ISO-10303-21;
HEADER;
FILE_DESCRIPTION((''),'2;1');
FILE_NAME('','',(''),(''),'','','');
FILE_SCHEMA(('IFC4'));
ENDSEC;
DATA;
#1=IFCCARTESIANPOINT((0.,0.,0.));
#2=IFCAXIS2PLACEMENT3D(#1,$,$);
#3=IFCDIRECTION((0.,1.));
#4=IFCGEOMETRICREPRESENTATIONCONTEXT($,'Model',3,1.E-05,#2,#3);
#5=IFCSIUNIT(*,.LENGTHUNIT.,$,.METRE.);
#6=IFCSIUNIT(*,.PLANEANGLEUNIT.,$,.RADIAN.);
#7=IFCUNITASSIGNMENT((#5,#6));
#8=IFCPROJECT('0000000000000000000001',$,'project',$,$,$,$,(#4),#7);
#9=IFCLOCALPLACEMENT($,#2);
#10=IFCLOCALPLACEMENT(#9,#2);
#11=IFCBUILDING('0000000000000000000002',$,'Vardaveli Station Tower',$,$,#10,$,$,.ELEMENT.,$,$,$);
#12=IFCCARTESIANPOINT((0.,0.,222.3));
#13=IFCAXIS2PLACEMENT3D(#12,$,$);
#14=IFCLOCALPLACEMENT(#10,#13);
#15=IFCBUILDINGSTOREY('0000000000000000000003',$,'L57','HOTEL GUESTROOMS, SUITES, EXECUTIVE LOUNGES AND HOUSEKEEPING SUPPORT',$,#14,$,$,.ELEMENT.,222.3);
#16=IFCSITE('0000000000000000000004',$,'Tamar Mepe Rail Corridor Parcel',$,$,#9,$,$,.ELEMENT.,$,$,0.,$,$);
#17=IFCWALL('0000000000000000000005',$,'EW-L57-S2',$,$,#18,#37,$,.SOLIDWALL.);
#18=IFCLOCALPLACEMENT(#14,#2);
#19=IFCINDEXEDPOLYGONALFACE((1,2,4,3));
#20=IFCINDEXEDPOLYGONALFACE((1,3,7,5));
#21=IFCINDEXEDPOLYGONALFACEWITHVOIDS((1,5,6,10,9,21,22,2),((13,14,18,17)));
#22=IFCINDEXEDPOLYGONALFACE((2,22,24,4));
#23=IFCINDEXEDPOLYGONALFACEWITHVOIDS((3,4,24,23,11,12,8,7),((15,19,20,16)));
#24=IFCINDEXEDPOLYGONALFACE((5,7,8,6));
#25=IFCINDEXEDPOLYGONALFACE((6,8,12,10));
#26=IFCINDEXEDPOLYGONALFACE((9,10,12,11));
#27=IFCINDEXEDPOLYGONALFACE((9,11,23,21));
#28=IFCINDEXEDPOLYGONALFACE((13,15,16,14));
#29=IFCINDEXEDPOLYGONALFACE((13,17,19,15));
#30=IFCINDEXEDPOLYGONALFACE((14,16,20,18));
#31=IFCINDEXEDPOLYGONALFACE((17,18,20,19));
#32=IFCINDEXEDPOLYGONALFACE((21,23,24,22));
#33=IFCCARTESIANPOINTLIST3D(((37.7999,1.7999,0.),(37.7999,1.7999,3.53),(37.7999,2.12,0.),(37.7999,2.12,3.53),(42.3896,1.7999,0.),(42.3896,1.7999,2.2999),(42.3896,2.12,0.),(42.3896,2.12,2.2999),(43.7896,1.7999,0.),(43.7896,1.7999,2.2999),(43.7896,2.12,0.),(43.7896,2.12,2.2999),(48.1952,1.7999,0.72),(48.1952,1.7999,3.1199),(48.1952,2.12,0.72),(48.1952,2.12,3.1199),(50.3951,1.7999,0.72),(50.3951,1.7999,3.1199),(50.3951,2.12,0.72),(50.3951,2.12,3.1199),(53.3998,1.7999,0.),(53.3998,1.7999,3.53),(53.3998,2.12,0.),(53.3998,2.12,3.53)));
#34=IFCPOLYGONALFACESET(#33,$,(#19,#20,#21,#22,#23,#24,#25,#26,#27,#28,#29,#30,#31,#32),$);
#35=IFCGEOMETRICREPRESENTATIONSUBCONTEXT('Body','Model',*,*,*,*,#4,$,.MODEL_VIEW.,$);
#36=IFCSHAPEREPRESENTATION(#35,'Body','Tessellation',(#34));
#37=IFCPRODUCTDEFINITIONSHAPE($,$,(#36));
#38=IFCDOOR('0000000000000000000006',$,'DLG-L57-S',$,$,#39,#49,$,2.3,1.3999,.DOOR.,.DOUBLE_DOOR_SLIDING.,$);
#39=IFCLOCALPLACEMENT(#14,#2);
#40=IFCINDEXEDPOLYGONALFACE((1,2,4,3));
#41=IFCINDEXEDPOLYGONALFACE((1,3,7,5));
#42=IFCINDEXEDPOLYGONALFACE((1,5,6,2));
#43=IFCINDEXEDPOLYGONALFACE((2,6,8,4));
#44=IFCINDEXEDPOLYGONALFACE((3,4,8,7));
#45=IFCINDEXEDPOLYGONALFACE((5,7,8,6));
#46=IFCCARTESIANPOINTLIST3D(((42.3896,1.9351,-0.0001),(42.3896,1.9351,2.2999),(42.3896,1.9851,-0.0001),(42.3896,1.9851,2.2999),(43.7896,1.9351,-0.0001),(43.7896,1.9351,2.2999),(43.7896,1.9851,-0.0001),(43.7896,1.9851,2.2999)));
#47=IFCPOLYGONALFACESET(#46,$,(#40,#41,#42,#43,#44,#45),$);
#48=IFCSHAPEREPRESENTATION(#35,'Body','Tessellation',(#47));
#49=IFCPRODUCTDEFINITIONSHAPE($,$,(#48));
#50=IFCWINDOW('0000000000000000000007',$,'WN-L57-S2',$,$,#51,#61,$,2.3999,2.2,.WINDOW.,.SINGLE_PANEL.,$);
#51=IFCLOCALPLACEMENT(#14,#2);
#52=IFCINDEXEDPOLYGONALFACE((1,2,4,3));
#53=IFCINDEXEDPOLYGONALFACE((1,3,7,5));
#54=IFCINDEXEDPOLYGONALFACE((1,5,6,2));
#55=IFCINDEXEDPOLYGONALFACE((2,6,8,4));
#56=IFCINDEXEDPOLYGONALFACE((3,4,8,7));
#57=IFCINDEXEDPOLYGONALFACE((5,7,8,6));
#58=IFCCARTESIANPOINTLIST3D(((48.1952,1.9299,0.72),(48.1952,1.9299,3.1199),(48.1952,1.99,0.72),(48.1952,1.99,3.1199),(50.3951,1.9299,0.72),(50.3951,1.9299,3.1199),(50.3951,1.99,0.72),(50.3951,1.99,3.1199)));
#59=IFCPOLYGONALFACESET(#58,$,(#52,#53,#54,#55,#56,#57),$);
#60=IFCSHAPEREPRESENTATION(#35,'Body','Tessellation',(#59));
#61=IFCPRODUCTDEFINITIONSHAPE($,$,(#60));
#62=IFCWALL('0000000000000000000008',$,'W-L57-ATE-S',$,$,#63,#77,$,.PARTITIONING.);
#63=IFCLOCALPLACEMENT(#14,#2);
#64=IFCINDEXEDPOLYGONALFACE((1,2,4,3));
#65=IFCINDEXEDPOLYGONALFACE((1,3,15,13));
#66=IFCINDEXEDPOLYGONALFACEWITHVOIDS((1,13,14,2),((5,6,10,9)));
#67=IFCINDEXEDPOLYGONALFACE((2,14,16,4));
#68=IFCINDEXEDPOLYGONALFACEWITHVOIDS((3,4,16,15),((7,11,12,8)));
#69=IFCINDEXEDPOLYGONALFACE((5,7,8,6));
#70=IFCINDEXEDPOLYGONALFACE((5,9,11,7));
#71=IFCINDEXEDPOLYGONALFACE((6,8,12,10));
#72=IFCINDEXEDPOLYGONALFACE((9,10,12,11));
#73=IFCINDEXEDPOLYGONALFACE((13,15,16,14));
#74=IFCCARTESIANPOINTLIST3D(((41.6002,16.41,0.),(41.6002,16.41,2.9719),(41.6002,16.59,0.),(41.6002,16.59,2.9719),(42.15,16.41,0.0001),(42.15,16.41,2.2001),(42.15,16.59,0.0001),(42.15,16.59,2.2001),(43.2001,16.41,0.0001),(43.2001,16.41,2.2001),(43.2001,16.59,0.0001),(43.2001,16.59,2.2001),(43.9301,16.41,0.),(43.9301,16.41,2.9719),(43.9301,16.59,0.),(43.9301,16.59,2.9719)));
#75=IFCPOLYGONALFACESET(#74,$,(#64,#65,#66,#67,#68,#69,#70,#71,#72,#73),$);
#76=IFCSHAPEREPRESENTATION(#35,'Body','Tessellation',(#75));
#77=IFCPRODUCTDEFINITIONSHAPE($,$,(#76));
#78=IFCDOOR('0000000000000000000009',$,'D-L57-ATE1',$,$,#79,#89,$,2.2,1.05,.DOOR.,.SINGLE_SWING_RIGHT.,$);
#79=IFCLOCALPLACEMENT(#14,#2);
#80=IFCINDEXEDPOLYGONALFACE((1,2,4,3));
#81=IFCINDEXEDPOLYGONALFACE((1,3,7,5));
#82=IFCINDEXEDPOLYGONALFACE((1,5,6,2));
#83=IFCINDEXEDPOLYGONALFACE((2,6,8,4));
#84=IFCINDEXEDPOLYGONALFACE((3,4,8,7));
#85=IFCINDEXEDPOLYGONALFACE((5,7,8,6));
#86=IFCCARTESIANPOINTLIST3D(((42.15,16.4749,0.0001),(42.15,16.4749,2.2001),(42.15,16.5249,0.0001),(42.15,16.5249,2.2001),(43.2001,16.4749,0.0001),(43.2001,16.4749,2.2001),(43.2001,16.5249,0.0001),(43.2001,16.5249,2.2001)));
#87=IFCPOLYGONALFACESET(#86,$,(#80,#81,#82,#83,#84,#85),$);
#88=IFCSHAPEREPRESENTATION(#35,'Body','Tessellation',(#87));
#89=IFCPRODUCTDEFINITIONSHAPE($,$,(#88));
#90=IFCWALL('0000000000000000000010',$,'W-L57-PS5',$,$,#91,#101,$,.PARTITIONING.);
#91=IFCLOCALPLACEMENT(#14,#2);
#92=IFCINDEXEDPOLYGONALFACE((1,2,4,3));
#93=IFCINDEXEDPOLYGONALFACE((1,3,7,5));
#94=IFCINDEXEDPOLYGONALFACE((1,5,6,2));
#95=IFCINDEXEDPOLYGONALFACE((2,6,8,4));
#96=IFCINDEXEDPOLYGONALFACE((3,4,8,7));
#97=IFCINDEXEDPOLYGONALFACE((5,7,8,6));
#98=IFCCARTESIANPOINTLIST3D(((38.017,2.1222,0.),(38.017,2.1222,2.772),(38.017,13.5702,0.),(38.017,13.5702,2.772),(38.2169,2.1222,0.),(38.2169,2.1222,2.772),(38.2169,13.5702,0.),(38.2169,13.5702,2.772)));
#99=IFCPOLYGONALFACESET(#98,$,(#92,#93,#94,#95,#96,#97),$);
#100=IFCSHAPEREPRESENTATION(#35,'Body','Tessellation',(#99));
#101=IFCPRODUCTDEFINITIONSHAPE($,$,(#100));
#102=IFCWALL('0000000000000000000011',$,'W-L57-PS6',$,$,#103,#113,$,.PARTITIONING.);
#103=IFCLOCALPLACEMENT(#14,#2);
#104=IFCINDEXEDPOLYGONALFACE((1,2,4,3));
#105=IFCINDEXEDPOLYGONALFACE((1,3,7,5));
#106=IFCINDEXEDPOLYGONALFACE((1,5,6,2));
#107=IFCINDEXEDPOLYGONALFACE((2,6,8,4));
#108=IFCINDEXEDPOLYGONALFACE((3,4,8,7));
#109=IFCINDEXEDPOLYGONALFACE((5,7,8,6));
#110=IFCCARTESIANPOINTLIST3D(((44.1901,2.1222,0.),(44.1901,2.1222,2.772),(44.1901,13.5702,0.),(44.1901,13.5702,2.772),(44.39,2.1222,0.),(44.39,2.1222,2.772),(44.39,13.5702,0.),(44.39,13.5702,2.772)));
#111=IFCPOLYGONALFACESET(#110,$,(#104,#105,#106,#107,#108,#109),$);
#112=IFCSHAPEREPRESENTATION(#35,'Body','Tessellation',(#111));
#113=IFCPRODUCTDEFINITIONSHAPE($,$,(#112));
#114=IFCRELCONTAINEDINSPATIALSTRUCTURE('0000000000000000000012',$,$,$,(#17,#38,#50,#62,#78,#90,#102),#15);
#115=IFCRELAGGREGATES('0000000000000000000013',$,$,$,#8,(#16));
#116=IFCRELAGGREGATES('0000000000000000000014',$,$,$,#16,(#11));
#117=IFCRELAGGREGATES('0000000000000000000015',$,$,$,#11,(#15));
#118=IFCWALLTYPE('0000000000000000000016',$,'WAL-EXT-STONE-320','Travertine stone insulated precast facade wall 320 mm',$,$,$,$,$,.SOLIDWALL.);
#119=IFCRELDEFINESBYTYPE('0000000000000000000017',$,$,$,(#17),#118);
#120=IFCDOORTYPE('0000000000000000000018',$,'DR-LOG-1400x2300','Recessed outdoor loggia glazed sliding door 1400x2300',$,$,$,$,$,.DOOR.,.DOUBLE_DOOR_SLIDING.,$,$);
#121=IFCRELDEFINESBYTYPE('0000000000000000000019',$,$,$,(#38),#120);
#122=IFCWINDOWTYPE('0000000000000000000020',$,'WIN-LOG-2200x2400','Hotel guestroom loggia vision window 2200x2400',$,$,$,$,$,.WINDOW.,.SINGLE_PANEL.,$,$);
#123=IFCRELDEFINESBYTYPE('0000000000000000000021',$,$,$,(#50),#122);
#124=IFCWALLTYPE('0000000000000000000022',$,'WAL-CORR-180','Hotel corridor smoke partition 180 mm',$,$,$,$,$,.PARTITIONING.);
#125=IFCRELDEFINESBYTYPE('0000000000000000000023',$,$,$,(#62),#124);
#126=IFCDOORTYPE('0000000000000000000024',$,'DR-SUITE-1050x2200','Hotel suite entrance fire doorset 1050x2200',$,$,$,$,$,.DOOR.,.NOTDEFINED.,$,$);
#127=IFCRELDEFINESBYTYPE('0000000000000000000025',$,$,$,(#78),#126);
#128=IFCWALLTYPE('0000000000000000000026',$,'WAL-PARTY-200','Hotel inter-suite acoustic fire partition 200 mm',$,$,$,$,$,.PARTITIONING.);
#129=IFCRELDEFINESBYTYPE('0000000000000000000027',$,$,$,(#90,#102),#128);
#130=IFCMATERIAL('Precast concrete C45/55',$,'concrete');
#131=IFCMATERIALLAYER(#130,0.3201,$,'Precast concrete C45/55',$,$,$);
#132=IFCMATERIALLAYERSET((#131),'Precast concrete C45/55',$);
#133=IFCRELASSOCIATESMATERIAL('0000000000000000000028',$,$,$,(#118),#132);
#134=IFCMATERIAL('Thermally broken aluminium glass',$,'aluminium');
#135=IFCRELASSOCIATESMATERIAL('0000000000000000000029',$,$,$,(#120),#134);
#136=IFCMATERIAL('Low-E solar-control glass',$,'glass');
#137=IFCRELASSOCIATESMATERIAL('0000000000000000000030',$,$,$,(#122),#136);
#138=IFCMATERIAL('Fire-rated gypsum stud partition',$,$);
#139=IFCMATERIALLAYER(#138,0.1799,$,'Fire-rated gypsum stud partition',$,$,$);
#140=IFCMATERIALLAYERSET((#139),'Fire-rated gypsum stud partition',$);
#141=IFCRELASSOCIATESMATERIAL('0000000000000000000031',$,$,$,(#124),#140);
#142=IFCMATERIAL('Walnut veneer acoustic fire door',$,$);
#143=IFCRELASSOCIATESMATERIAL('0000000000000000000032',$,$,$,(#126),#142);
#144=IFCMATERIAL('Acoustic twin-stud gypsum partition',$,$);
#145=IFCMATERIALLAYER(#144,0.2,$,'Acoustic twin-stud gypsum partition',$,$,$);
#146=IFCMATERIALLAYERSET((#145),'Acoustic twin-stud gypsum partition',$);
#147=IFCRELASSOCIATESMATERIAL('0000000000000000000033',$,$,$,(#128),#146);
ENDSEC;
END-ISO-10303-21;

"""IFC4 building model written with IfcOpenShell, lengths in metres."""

from ifc_helpers import new_model, si_unit, direction, frame, frame_2d, origin, place, context, subcontext, project, spatial, rectangle, extrude, source, transform, mapped, material, layer, layer_set, type_object, element, fill, save


model = new_model("IFC4")

# Units and contexts
model_context = context("Model", 3, precision=1e-05, world=origin(), true_north=direction((0.0, 1.0)))
body_context = subcontext(model_context, "Body", "Model", "MODEL_VIEW")
ifc_project = project(units=[si_unit("LENGTHUNIT", "METRE"), si_unit("PLANEANGLEUNIT", "RADIAN")], contexts=[model_context])

# Site, building, storey
site_placement = place(None, origin())
site = spatial("IfcSite", under=ifc_project, at=site_placement, Name="Tamar Mepe Rail Corridor Parcel", CompositionType="ELEMENT", RefElevation=0.0)
building_placement = place(site_placement, origin())
building = spatial("IfcBuilding", under=site, at=building_placement, Name="Vardaveli Station Tower", CompositionType="ELEMENT")
storey_placement = place(building_placement, frame((0.0, 0.0, 222.3)))
storey = spatial("IfcBuildingStorey", under=building, at=storey_placement, Name="L57", Description="HOTEL GUESTROOMS, SUITES, EXECUTIVE LOUNGES AND HOUSEKEEPING SUPPORT", CompositionType="ELEMENT", Elevation=222.3)

# Shared definitions
ifc_material_1 = material(Name="Precast concrete C45/55", Category="concrete")

# Wall, openings, door, window
ifc_layer_1 = layer(ifc_material_1, 0.3201, Name="Precast concrete C45/55")
ifc_layer_set_1 = layer_set([ifc_layer_1], Name="Precast concrete C45/55")
wall_type_1 = type_object("IfcWallType", Name="WAL-EXT-STONE-320", Description="Travertine stone insulated precast facade wall 320 mm", PredefinedType="SOLIDWALL", material=ifc_layer_set_1)
shared_shape_1 = source(origin(), body_context, "Body", "SweptSolid", [
    extrude(rectangle(XDim=15.5999, YDim=0.3201, at=frame_2d((7.7998, 0.0))), origin(), (0.0, 0.0, 1.0), 3.53),
])
wall_1_placement = place(storey_placement, frame((37.8, 1.96, 0.0), z_axis=(0.0, 0.0, 1.0), x_axis=(1.0, 0.0, 0.0)))
wall_1 = element("IfcWall", 1, at=wall_1_placement, inside=storey, type_object=wall_type_1, Name="EW-L57-S2", PredefinedType="SOLIDWALL", context=body_context, shape_type="MappedRepresentation", body=[
    mapped(shared_shape_1, transform((0.0, 0.0, 0.0), scale=1.0)),
])
shared_shape_2 = source(origin(), body_context, "Body", "SweptSolid", [
    extrude(rectangle(XDim=1.3999, YDim=2.3, at=frame_2d((0.7, 1.1499))), frame((0.0, 0.1699, 0.0), z_axis=(0.0, -1.0, 0.0), x_axis=(1.0, 0.0, 0.0)), (0.0, 0.0, 1.0), 0.3401),
])
opening_1_placement = place(wall_1_placement, frame((4.5896, 0.0, 0.0)))
opening_1 = element("IfcOpeningElement", 2, at=opening_1_placement, cuts=wall_1, PredefinedType="OPENING", context=body_context, shape_type="MappedRepresentation", body=[
    mapped(shared_shape_2, transform((0.0, 0.0, 0.0), scale=1.0)),
])
shared_shape_3 = source(origin(), body_context, "Body", "SweptSolid", [
    extrude(rectangle(XDim=2.2, YDim=2.3999, at=frame_2d((1.1001, 1.2))), frame((0.0, 0.1699, 0.0), z_axis=(0.0, -1.0, 0.0), x_axis=(1.0, 0.0, 0.0)), (0.0, 0.0, 1.0), 0.3401),
])
opening_2_placement = place(wall_1_placement, frame((10.395, 0.0, 0.72)))
opening_2 = element("IfcOpeningElement", 3, at=opening_2_placement, cuts=wall_1, PredefinedType="OPENING", context=body_context, shape_type="MappedRepresentation", body=[
    mapped(shared_shape_3, transform((0.0, 0.0, 0.0), scale=1.0)),
])
ifc_material_2 = material(Name="Thermally broken aluminium glass", Category="aluminium")
door_type_1 = type_object("IfcDoorType", Name="DR-LOG-1400x2300", Description="Recessed outdoor loggia glazed sliding door 1400x2300", OperationType="DOUBLE_DOOR_SLIDING", PredefinedType="DOOR", material=ifc_material_2)
shared_shape_4 = source(origin(), body_context, "Body", "SweptSolid", [
    extrude(rectangle(XDim=1.3999, YDim=2.3, at=frame_2d((0.7, 1.1499))), frame((0.0, 0.0249, 0.0), z_axis=(0.0, -1.0, 0.0), x_axis=(1.0, 0.0, 0.0)), (0.0, 0.0, 1.0), 0.05),
])
door_1_placement = place(opening_1_placement, frame((1.3999, 0.0, 0.0), z_axis=(0.0, 0.0, 1.0), x_axis=(-1.0, 0.0, 0.0)))
door_1 = element("IfcDoor", 4, at=door_1_placement, inside=storey, type_object=door_type_1, Name="DLG-L57-S", OperationType="DOUBLE_DOOR_SLIDING", OverallHeight=2.3, OverallWidth=1.3999, PredefinedType="DOOR", context=body_context, shape_type="MappedRepresentation", body=[
    mapped(shared_shape_4, transform((0.0, 0.0, 0.0), scale=1.0)),
])
fill(opening_1, door_1)
ifc_material_3 = material(Name="Low-E solar-control glass", Category="glass")
window_type = type_object("IfcWindowType", Name="WIN-LOG-2200x2400", Description="Hotel guestroom loggia vision window 2200x2400", PartitioningType="SINGLE_PANEL", PredefinedType="WINDOW", material=ifc_material_3)
shared_shape_5 = source(origin(), body_context, "Body", "SweptSolid", [
    extrude(rectangle(XDim=2.2, YDim=2.3999, at=frame_2d((1.1001, 1.2))), frame((0.0, 0.03, 0.0), z_axis=(0.0, -1.0, 0.0), x_axis=(1.0, 0.0, 0.0)), (0.0, 0.0, 1.0), 0.0601),
])
window_placement = place(opening_2_placement, origin())
window = element("IfcWindow", 5, at=window_placement, inside=storey, type_object=window_type, Name="WN-L57-S2", OverallHeight=2.3999, OverallWidth=2.2, PartitioningType="SINGLE_PANEL", PredefinedType="WINDOW", context=body_context, shape_type="MappedRepresentation", body=[
    mapped(shared_shape_5, transform((0.0, 0.0, 0.0), scale=1.0)),
])
fill(opening_2, window)

# Wall, opening, door
ifc_material_4 = material(Name="Fire-rated gypsum stud partition")
ifc_layer_2 = layer(ifc_material_4, 0.1799, Name="Fire-rated gypsum stud partition")
ifc_layer_set_2 = layer_set([ifc_layer_2], Name="Fire-rated gypsum stud partition")
wall_type_2 = type_object("IfcWallType", Name="WAL-CORR-180", Description="Hotel corridor smoke partition 180 mm", PredefinedType="PARTITIONING", material=ifc_layer_set_2)
shared_shape_6 = source(origin(), body_context, "Body", "SweptSolid", [
    extrude(rectangle(XDim=2.3298, YDim=0.1799, at=frame_2d((1.165, 0.0))), origin(), (0.0, 0.0, 1.0), 2.9719),
])
wall_2_placement = place(storey_placement, frame((41.6001, 16.5, 0.0), z_axis=(0.0, 0.0, 1.0), x_axis=(1.0, 0.0, 0.0)))
wall_2 = element("IfcWall", 6, at=wall_2_placement, inside=storey, type_object=wall_type_2, Name="W-L57-ATE-S", PredefinedType="PARTITIONING", context=body_context, shape_type="MappedRepresentation", body=[
    mapped(shared_shape_6, transform((0.0, 0.0, 0.0), scale=1.0)),
])
shared_shape_7 = source(origin(), body_context, "Body", "SweptSolid", [
    extrude(rectangle(XDim=1.05, YDim=2.2, at=frame_2d((0.5249, 1.1001))), frame((0.0, 0.1001, 0.0), z_axis=(0.0, -1.0, 0.0), x_axis=(1.0, 0.0, 0.0)), (0.0, 0.0, 1.0), 0.2),
])
opening_3_placement = place(wall_2_placement, frame((0.55, 0.0, 0.0)))
opening_3 = element("IfcOpeningElement", 7, at=opening_3_placement, cuts=wall_2, PredefinedType="OPENING", context=body_context, shape_type="MappedRepresentation", body=[
    mapped(shared_shape_7, transform((0.0, 0.0, 0.0), scale=1.0)),
])
ifc_material_5 = material(Name="Walnut veneer acoustic fire door")
door_type_2 = type_object("IfcDoorType", Name="DR-SUITE-1050x2200", Description="Hotel suite entrance fire doorset 1050x2200", OperationType="NOTDEFINED", PredefinedType="DOOR", material=ifc_material_5)
shared_shape_8 = source(origin(), body_context, "Body", "SweptSolid", [
    extrude(rectangle(XDim=1.05, YDim=2.2, at=frame_2d((0.5249, 1.1001))), frame((0.0, 0.0249, 0.0), z_axis=(0.0, -1.0, 0.0), x_axis=(1.0, 0.0, 0.0)), (0.0, 0.0, 1.0), 0.05),
])
door_2_placement = place(opening_3_placement, origin())
door_2 = element("IfcDoor", 8, at=door_2_placement, inside=storey, type_object=door_type_2, Name="D-L57-ATE1", OperationType="SINGLE_SWING_RIGHT", OverallHeight=2.2, OverallWidth=1.05, PredefinedType="DOOR", context=body_context, shape_type="MappedRepresentation", body=[
    mapped(shared_shape_8, transform((0.0, 0.0, 0.0), scale=1.0)),
])
fill(opening_3, door_2)

# Walls
ifc_material_6 = material(Name="Acoustic twin-stud gypsum partition")
ifc_layer_3 = layer(ifc_material_6, 0.2, Name="Acoustic twin-stud gypsum partition")
ifc_layer_set_3 = layer_set([ifc_layer_3], Name="Acoustic twin-stud gypsum partition")
wall_type_3 = type_object("IfcWallType", Name="WAL-PARTY-200", Description="Hotel inter-suite acoustic fire partition 200 mm", PredefinedType="PARTITIONING", material=ifc_layer_set_3)
shared_shape_9 = source(origin(), body_context, "Body", "SweptSolid", [
    extrude(rectangle(XDim=11.448, YDim=0.2, at=frame_2d((5.7241, 0.0))), origin(), (0.0, 0.0, 1.0), 2.772),
])
for number, where, z_axis, x_axis, name in (
    (9, (38.1169, 2.1221, 0.0), (0.0, 0.0, 1.0), (0.0, 1.0, 0.0), "W-L57-PS5"),
    (10, (44.29, 2.1221, 0.0), (0.0, 0.0, 1.0), (0.0, 1.0, 0.0), "W-L57-PS6"),
):
    element("IfcWall", number, at=place(storey_placement, frame(where, z_axis=z_axis, x_axis=x_axis)), inside=storey, type_object=wall_type_3, Name=name, PredefinedType="PARTITIONING", context=body_context, shape_type="MappedRepresentation", body=[
        mapped(shared_shape_9, transform((0.0, 0.0, 0.0), scale=1.0)),
    ])

save(model, "model.ifc")
